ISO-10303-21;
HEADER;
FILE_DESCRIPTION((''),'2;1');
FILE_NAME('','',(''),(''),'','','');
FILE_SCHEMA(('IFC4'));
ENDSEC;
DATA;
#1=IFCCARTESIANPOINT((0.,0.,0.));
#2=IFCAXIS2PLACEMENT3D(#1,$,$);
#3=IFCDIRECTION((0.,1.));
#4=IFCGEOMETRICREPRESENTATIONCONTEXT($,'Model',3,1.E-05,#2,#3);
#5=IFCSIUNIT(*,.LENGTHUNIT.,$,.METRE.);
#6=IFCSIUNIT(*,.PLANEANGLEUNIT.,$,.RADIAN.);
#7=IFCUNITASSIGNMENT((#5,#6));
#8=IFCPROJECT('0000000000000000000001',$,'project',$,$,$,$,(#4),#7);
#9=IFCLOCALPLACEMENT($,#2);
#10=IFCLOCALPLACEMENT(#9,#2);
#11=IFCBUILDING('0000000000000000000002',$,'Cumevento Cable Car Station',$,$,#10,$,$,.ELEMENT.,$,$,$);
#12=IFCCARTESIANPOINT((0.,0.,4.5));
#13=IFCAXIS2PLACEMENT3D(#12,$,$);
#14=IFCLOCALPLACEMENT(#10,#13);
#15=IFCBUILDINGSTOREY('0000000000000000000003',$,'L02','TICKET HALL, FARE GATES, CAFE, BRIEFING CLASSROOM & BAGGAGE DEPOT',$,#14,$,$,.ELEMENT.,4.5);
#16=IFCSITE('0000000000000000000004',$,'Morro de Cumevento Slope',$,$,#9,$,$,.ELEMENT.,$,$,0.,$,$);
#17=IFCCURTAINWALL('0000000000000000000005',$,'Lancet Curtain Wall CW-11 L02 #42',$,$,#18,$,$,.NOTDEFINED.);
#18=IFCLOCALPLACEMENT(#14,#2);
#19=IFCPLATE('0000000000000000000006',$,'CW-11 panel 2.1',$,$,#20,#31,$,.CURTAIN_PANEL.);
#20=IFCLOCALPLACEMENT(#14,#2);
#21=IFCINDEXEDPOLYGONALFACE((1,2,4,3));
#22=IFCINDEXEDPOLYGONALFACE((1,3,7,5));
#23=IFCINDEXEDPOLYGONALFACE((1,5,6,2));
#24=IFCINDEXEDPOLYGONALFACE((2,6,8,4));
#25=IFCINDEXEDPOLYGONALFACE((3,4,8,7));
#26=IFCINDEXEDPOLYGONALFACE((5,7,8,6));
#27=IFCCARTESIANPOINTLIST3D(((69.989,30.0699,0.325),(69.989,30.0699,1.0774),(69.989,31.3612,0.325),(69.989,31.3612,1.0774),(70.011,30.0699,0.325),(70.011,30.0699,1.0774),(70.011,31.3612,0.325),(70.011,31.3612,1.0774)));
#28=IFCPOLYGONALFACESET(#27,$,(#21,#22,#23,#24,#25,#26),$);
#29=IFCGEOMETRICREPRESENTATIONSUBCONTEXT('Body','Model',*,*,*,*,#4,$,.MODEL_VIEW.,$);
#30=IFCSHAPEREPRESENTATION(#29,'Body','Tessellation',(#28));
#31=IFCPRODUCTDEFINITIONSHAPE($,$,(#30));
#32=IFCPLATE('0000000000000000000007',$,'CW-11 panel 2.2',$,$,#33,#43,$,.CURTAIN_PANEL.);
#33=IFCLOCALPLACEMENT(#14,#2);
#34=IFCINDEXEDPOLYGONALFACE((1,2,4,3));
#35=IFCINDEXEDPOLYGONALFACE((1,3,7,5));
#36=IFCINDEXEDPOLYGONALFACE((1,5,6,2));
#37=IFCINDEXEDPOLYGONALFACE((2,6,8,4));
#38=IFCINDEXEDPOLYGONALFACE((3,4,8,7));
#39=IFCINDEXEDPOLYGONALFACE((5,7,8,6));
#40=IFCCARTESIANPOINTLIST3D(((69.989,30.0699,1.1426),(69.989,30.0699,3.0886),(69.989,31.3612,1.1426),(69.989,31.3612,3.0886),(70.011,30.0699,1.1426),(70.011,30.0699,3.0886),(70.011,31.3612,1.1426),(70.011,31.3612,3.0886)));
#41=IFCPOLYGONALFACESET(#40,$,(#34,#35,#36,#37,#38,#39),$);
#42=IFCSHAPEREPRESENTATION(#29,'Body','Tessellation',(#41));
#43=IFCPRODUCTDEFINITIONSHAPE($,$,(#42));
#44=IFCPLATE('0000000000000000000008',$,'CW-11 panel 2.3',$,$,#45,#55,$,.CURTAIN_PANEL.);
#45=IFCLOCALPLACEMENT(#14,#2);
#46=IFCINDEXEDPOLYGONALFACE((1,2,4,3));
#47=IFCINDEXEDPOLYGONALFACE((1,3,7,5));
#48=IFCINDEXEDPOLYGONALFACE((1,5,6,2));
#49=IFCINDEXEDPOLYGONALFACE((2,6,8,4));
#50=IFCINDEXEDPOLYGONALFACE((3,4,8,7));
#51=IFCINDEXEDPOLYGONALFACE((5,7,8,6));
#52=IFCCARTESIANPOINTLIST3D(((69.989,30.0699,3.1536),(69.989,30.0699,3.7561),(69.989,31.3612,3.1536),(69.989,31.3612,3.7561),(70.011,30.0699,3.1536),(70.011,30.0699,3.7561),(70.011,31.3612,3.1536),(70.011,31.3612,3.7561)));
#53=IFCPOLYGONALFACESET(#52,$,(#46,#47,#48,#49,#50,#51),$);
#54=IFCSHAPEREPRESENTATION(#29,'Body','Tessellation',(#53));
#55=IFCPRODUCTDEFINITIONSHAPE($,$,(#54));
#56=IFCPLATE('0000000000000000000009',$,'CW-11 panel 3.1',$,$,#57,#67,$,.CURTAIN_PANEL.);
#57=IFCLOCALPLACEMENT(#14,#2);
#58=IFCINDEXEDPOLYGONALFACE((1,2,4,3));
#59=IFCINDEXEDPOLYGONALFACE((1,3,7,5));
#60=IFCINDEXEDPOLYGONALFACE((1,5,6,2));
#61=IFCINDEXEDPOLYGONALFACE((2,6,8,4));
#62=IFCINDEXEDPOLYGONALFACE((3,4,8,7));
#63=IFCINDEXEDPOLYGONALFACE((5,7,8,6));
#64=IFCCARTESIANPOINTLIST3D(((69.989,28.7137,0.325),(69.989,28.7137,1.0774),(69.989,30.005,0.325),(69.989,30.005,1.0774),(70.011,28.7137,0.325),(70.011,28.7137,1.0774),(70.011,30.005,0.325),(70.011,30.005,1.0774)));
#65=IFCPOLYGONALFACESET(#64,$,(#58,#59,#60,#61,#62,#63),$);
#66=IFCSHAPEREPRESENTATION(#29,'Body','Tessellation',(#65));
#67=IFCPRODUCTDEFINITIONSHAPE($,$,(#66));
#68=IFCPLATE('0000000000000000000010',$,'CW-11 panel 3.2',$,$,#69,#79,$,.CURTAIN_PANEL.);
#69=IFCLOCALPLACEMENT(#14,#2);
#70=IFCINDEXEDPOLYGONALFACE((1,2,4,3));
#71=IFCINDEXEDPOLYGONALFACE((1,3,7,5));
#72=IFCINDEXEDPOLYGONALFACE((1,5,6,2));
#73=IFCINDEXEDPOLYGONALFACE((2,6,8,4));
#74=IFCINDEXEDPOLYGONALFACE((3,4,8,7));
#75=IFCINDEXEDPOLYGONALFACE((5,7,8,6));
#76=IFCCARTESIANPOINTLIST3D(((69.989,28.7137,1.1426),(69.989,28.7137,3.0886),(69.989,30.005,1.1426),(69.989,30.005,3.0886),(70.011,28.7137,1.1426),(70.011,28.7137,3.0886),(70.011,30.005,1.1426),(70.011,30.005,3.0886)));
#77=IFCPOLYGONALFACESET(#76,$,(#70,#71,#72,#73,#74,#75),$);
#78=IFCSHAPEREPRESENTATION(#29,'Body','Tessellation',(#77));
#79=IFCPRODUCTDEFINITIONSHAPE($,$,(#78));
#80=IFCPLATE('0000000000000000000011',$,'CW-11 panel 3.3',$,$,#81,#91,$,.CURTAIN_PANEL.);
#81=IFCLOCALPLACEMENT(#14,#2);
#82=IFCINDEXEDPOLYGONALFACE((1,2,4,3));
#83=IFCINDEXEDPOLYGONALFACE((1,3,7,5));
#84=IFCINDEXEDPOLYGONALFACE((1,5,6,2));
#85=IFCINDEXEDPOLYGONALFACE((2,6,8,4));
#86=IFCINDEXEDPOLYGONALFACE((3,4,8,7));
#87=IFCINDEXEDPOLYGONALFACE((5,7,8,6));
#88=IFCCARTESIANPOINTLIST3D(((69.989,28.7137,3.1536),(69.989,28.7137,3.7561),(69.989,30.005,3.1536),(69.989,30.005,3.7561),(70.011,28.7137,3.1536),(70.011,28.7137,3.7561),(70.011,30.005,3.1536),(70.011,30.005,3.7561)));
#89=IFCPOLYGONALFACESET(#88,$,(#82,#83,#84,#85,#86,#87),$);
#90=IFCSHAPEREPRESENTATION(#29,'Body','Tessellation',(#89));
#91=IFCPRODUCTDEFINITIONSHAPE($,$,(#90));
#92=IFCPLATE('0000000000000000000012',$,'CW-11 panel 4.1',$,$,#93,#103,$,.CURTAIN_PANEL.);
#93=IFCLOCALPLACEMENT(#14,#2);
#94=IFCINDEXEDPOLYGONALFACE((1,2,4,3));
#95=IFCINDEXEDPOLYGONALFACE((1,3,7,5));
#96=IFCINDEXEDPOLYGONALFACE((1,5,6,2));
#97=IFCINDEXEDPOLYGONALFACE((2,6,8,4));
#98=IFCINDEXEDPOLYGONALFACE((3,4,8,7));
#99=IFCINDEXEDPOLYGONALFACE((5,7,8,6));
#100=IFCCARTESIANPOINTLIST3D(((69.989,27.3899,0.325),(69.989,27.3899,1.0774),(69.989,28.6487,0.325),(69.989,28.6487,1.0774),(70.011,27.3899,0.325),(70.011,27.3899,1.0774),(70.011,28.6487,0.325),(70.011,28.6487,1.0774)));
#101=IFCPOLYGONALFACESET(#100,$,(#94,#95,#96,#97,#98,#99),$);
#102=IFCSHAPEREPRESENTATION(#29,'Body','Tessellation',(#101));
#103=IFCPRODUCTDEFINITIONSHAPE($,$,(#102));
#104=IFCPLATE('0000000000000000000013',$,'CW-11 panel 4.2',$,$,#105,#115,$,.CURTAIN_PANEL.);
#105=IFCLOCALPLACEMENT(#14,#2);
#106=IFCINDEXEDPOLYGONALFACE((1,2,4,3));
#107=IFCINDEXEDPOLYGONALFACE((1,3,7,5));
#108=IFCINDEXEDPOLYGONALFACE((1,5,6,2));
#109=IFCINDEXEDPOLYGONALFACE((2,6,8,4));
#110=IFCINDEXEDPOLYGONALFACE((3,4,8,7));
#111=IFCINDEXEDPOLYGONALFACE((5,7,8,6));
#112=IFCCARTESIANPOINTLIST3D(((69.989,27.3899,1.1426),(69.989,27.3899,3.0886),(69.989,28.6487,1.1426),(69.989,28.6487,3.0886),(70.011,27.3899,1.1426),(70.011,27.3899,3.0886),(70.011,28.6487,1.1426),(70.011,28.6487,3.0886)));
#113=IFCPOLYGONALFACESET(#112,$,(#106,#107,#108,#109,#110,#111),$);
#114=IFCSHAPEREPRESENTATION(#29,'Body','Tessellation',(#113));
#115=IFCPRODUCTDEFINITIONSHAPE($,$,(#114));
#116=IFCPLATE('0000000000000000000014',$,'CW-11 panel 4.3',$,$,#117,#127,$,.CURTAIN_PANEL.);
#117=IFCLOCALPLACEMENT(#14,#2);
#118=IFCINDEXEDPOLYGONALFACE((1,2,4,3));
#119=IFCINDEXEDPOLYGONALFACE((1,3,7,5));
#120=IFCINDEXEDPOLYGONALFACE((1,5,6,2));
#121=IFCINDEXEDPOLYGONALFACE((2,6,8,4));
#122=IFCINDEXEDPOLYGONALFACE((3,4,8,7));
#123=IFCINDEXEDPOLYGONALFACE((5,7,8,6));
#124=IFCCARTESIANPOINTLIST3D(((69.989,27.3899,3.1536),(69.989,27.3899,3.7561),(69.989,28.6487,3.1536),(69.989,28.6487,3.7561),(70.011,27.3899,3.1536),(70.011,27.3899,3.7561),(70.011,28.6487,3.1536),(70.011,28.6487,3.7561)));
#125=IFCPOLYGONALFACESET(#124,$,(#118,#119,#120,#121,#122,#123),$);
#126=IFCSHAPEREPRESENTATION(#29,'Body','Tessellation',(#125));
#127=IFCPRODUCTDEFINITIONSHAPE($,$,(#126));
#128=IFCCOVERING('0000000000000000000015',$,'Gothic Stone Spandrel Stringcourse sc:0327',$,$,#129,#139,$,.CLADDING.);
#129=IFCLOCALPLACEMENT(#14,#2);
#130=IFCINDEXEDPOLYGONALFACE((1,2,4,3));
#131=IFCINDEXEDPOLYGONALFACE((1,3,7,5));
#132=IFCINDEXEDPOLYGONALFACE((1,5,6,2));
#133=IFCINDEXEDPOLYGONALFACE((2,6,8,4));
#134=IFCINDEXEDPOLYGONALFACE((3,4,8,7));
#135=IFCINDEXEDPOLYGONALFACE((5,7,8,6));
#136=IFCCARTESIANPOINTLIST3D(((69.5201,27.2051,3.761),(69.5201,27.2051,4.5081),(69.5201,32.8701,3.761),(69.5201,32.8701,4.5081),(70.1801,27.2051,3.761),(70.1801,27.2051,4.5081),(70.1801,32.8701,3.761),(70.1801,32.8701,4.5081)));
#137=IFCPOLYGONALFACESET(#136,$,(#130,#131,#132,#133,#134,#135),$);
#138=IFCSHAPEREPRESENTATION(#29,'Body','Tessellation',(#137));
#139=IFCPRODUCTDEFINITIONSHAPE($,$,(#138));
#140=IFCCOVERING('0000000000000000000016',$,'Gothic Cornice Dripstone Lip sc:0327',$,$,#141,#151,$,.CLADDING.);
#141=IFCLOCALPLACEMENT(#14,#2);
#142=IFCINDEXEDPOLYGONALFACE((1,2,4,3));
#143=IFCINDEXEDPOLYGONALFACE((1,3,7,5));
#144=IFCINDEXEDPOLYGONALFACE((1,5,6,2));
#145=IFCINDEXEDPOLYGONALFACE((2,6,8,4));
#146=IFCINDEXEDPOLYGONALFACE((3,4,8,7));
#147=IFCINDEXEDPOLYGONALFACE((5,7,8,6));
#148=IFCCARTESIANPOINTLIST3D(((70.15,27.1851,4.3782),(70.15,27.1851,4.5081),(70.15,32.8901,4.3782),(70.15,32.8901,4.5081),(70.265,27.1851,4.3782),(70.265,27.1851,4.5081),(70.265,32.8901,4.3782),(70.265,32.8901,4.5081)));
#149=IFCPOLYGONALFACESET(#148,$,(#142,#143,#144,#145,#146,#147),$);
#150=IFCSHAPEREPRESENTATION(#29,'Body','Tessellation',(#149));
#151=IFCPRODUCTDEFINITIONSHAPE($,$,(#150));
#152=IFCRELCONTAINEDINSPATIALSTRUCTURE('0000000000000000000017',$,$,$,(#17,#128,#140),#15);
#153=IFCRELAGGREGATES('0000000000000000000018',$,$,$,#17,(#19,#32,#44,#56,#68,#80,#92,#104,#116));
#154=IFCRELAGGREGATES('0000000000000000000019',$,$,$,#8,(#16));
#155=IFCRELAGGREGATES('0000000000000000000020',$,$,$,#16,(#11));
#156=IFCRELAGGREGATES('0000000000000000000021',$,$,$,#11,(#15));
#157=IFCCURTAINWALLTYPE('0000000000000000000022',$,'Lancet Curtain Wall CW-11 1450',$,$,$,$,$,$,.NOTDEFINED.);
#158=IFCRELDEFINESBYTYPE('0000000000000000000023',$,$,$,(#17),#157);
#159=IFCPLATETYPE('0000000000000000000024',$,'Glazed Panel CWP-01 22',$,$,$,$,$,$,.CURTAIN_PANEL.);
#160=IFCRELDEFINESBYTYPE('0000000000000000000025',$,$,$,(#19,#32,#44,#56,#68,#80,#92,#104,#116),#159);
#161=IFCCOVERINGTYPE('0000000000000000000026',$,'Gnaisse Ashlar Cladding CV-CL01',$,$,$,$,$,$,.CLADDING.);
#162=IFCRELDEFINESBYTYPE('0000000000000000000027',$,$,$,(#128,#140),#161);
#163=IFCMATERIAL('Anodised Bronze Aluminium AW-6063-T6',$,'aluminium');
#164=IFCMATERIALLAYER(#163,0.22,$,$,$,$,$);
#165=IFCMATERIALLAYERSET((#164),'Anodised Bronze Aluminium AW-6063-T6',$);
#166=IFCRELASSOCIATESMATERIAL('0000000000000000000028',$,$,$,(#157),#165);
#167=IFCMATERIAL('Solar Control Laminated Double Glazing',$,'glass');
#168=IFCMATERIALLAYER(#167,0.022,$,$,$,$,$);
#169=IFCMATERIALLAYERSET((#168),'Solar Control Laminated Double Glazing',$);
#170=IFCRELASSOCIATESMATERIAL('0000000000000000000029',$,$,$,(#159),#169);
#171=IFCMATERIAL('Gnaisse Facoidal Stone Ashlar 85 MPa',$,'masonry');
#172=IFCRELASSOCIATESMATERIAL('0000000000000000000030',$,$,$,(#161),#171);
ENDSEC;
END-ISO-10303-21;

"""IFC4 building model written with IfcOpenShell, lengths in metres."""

from ifc_helpers import new_model, si_unit, direction, frame, origin, origin_2d, place, context, subcontext, project, spatial, rectangle, extrude, material, layer, layer_set, type_object, element, aggregate, save


model = new_model("IFC4")

# Units and contexts
model_context = context("Model", 3, precision=1e-05, world=origin(), true_north=direction((0.0, 1.0)))
body_context = subcontext(model_context, "Body", "Model", "MODEL_VIEW")
ifc_project = project(units=[si_unit("LENGTHUNIT", "METRE"), si_unit("PLANEANGLEUNIT", "RADIAN")], contexts=[model_context])

# Site, building, storey
site_placement = place(None, origin())
site = spatial("IfcSite", under=ifc_project, at=site_placement, Name="Morro de Cumevento Slope", CompositionType="ELEMENT", RefElevation=0.0)
building_placement = place(site_placement, origin())
building = spatial("IfcBuilding", under=site, at=building_placement, Name="Cumevento Cable Car Station", CompositionType="ELEMENT")
storey_placement = place(building_placement, frame((0.0, 0.0, 4.5)))
storey = spatial("IfcBuildingStorey", under=building, at=storey_placement, Name="L02", Description="TICKET HALL, FARE GATES, CAFE, BRIEFING CLASSROOM & BAGGAGE DEPOT", CompositionType="ELEMENT", Elevation=4.5)

# Curtain wall
ifc_material_1 = material(Name="Anodised Bronze Aluminium AW-6063-T6", Category="aluminium")
ifc_layer_1 = layer(ifc_material_1, 0.22)
ifc_layer_set_1 = layer_set([ifc_layer_1], Name="Anodised Bronze Aluminium AW-6063-T6")
curtain_wall_type = type_object("IfcCurtainWallType", Name="Lancet Curtain Wall CW-11 1450", PredefinedType="NOTDEFINED", material=ifc_layer_set_1)
curtain_wall_placement = place(storey_placement, origin())
curtain_wall = element("IfcCurtainWall", 1, at=curtain_wall_placement, inside=storey, type_object=curtain_wall_type, Name="Lancet Curtain Wall CW-11 L02 #42", PredefinedType="NOTDEFINED")

# Plates
ifc_material_2 = material(Name="Solar Control Laminated Double Glazing", Category="glass")
ifc_layer_2 = layer(ifc_material_2, 0.022)
ifc_layer_set_2 = layer_set([ifc_layer_2], Name="Solar Control Laminated Double Glazing")
plate_type = type_object("IfcPlateType", Name="Glazed Panel CWP-01 22", PredefinedType="CURTAIN_PANEL", material=ifc_layer_set_2)
plate_1_placement = place(storey_placement, frame((70.0, 30.7156, 0.325), z_axis=(0.0, 0.0, 1.0), x_axis=(0.0, -1.0, 0.0)))
plate_1 = element("IfcPlate", 2, at=plate_1_placement, type_object=plate_type, Name="CW-11 panel 2.1", PredefinedType="CURTAIN_PANEL", context=body_context, shape_type="SweptSolid", body=[
    extrude(rectangle(XDim=1.2913, YDim=0.022, at=origin_2d()), origin(), (0.0, 0.0, 1.0), 0.7524),
])
plate_2_placement = place(storey_placement, frame((70.0, 30.7156, 1.1426), z_axis=(0.0, 0.0, 1.0), x_axis=(0.0, -1.0, 0.0)))
plate_2 = element("IfcPlate", 3, at=plate_2_placement, type_object=plate_type, Name="CW-11 panel 2.2", PredefinedType="CURTAIN_PANEL", context=body_context, shape_type="SweptSolid", body=[
    extrude(rectangle(XDim=1.2913, YDim=0.022, at=origin_2d()), origin(), (0.0, 0.0, 1.0), 1.946),
])
plate_3_placement = place(storey_placement, frame((70.0, 30.7156, 3.1536), z_axis=(0.0, 0.0, 1.0), x_axis=(0.0, -1.0, 0.0)))
plate_3 = element("IfcPlate", 4, at=plate_3_placement, type_object=plate_type, Name="CW-11 panel 2.3", PredefinedType="CURTAIN_PANEL", context=body_context, shape_type="SweptSolid", body=[
    extrude(rectangle(XDim=1.2913, YDim=0.022, at=origin_2d()), origin(), (0.0, 0.0, 1.0), 0.6025),
])
plate_4_placement = place(storey_placement, frame((70.0, 29.3594, 0.325), z_axis=(0.0, 0.0, 1.0), x_axis=(0.0, -1.0, 0.0)))
plate_4 = element("IfcPlate", 5, at=plate_4_placement, type_object=plate_type, Name="CW-11 panel 3.1", PredefinedType="CURTAIN_PANEL", context=body_context, shape_type="SweptSolid", body=[
    extrude(rectangle(XDim=1.2913, YDim=0.022, at=origin_2d()), origin(), (0.0, 0.0, 1.0), 0.7524),
])
plate_5_placement = place(storey_placement, frame((70.0, 29.3594, 1.1426), z_axis=(0.0, 0.0, 1.0), x_axis=(0.0, -1.0, 0.0)))
plate_5 = element("IfcPlate", 6, at=plate_5_placement, type_object=plate_type, Name="CW-11 panel 3.2", PredefinedType="CURTAIN_PANEL", context=body_context, shape_type="SweptSolid", body=[
    extrude(rectangle(XDim=1.2913, YDim=0.022, at=origin_2d()), origin(), (0.0, 0.0, 1.0), 1.946),
])
plate_6_placement = place(storey_placement, frame((70.0, 29.3594, 3.1536), z_axis=(0.0, 0.0, 1.0), x_axis=(0.0, -1.0, 0.0)))
plate_6 = element("IfcPlate", 7, at=plate_6_placement, type_object=plate_type, Name="CW-11 panel 3.3", PredefinedType="CURTAIN_PANEL", context=body_context, shape_type="SweptSolid", body=[
    extrude(rectangle(XDim=1.2913, YDim=0.022, at=origin_2d()), origin(), (0.0, 0.0, 1.0), 0.6025),
])
plate_7_placement = place(storey_placement, frame((70.0, 28.0193, 0.325), z_axis=(0.0, 0.0, 1.0), x_axis=(0.0, -1.0, 0.0)))
plate_7 = element("IfcPlate", 8, at=plate_7_placement, type_object=plate_type, Name="CW-11 panel 4.1", PredefinedType="CURTAIN_PANEL", context=body_context, shape_type="SweptSolid", body=[
    extrude(rectangle(XDim=1.2588, YDim=0.022, at=origin_2d()), origin(), (0.0, 0.0, 1.0), 0.7524),
])
plate_8_placement = place(storey_placement, frame((70.0, 28.0193, 1.1426), z_axis=(0.0, 0.0, 1.0), x_axis=(0.0, -1.0, 0.0)))
plate_8 = element("IfcPlate", 9, at=plate_8_placement, type_object=plate_type, Name="CW-11 panel 4.2", PredefinedType="CURTAIN_PANEL", context=body_context, shape_type="SweptSolid", body=[
    extrude(rectangle(XDim=1.2588, YDim=0.022, at=origin_2d()), origin(), (0.0, 0.0, 1.0), 1.946),
])
plate_9_placement = place(storey_placement, frame((70.0, 28.0193, 3.1536), z_axis=(0.0, 0.0, 1.0), x_axis=(0.0, -1.0, 0.0)))
plate_9 = element("IfcPlate", 10, at=plate_9_placement, type_object=plate_type, Name="CW-11 panel 4.3", PredefinedType="CURTAIN_PANEL", context=body_context, shape_type="SweptSolid", body=[
    extrude(rectangle(XDim=1.2588, YDim=0.022, at=origin_2d()), origin(), (0.0, 0.0, 1.0), 0.6025),
])
aggregate(curtain_wall, [plate_1, plate_2, plate_3, plate_4, plate_5, plate_6, plate_7, plate_8, plate_9])

# Coverings
ifc_material_3 = material(Name="Gnaisse Facoidal Stone Ashlar 85 MPa", Category="masonry")
covering_type = type_object("IfcCoveringType", Name="Gnaisse Ashlar Cladding CV-CL01", PredefinedType="CLADDING", material=ifc_material_3)
covering_1_placement = place(storey_placement, frame((69.8501, 30.0376, 3.761), z_axis=(0.0, 0.0, 1.0), x_axis=(0.0, -1.0, 0.0)))
element("IfcCovering", 11, at=covering_1_placement, inside=storey, type_object=covering_type, Name="Gothic Stone Spandrel Stringcourse sc:0327", PredefinedType="CLADDING", context=body_context, shape_type="SweptSolid", body=[
    extrude(rectangle(XDim=5.665, YDim=0.6599, at=origin_2d()), origin(), (0.0, 0.0, 1.0), 0.7471),
])
covering_2_placement = place(storey_placement, frame((70.2075, 30.0376, 4.3782), z_axis=(0.0, 0.0, 1.0), x_axis=(0.0, -1.0, 0.0)))
element("IfcCovering", 12, at=covering_2_placement, inside=storey, type_object=covering_type, Name="Gothic Cornice Dripstone Lip sc:0327", PredefinedType="CLADDING", context=body_context, shape_type="SweptSolid", body=[
    extrude(rectangle(XDim=5.7051, YDim=0.115, at=origin_2d()), origin(), (0.0, 0.0, 1.0), 0.1299),
])

save(model, "model.ifc")
